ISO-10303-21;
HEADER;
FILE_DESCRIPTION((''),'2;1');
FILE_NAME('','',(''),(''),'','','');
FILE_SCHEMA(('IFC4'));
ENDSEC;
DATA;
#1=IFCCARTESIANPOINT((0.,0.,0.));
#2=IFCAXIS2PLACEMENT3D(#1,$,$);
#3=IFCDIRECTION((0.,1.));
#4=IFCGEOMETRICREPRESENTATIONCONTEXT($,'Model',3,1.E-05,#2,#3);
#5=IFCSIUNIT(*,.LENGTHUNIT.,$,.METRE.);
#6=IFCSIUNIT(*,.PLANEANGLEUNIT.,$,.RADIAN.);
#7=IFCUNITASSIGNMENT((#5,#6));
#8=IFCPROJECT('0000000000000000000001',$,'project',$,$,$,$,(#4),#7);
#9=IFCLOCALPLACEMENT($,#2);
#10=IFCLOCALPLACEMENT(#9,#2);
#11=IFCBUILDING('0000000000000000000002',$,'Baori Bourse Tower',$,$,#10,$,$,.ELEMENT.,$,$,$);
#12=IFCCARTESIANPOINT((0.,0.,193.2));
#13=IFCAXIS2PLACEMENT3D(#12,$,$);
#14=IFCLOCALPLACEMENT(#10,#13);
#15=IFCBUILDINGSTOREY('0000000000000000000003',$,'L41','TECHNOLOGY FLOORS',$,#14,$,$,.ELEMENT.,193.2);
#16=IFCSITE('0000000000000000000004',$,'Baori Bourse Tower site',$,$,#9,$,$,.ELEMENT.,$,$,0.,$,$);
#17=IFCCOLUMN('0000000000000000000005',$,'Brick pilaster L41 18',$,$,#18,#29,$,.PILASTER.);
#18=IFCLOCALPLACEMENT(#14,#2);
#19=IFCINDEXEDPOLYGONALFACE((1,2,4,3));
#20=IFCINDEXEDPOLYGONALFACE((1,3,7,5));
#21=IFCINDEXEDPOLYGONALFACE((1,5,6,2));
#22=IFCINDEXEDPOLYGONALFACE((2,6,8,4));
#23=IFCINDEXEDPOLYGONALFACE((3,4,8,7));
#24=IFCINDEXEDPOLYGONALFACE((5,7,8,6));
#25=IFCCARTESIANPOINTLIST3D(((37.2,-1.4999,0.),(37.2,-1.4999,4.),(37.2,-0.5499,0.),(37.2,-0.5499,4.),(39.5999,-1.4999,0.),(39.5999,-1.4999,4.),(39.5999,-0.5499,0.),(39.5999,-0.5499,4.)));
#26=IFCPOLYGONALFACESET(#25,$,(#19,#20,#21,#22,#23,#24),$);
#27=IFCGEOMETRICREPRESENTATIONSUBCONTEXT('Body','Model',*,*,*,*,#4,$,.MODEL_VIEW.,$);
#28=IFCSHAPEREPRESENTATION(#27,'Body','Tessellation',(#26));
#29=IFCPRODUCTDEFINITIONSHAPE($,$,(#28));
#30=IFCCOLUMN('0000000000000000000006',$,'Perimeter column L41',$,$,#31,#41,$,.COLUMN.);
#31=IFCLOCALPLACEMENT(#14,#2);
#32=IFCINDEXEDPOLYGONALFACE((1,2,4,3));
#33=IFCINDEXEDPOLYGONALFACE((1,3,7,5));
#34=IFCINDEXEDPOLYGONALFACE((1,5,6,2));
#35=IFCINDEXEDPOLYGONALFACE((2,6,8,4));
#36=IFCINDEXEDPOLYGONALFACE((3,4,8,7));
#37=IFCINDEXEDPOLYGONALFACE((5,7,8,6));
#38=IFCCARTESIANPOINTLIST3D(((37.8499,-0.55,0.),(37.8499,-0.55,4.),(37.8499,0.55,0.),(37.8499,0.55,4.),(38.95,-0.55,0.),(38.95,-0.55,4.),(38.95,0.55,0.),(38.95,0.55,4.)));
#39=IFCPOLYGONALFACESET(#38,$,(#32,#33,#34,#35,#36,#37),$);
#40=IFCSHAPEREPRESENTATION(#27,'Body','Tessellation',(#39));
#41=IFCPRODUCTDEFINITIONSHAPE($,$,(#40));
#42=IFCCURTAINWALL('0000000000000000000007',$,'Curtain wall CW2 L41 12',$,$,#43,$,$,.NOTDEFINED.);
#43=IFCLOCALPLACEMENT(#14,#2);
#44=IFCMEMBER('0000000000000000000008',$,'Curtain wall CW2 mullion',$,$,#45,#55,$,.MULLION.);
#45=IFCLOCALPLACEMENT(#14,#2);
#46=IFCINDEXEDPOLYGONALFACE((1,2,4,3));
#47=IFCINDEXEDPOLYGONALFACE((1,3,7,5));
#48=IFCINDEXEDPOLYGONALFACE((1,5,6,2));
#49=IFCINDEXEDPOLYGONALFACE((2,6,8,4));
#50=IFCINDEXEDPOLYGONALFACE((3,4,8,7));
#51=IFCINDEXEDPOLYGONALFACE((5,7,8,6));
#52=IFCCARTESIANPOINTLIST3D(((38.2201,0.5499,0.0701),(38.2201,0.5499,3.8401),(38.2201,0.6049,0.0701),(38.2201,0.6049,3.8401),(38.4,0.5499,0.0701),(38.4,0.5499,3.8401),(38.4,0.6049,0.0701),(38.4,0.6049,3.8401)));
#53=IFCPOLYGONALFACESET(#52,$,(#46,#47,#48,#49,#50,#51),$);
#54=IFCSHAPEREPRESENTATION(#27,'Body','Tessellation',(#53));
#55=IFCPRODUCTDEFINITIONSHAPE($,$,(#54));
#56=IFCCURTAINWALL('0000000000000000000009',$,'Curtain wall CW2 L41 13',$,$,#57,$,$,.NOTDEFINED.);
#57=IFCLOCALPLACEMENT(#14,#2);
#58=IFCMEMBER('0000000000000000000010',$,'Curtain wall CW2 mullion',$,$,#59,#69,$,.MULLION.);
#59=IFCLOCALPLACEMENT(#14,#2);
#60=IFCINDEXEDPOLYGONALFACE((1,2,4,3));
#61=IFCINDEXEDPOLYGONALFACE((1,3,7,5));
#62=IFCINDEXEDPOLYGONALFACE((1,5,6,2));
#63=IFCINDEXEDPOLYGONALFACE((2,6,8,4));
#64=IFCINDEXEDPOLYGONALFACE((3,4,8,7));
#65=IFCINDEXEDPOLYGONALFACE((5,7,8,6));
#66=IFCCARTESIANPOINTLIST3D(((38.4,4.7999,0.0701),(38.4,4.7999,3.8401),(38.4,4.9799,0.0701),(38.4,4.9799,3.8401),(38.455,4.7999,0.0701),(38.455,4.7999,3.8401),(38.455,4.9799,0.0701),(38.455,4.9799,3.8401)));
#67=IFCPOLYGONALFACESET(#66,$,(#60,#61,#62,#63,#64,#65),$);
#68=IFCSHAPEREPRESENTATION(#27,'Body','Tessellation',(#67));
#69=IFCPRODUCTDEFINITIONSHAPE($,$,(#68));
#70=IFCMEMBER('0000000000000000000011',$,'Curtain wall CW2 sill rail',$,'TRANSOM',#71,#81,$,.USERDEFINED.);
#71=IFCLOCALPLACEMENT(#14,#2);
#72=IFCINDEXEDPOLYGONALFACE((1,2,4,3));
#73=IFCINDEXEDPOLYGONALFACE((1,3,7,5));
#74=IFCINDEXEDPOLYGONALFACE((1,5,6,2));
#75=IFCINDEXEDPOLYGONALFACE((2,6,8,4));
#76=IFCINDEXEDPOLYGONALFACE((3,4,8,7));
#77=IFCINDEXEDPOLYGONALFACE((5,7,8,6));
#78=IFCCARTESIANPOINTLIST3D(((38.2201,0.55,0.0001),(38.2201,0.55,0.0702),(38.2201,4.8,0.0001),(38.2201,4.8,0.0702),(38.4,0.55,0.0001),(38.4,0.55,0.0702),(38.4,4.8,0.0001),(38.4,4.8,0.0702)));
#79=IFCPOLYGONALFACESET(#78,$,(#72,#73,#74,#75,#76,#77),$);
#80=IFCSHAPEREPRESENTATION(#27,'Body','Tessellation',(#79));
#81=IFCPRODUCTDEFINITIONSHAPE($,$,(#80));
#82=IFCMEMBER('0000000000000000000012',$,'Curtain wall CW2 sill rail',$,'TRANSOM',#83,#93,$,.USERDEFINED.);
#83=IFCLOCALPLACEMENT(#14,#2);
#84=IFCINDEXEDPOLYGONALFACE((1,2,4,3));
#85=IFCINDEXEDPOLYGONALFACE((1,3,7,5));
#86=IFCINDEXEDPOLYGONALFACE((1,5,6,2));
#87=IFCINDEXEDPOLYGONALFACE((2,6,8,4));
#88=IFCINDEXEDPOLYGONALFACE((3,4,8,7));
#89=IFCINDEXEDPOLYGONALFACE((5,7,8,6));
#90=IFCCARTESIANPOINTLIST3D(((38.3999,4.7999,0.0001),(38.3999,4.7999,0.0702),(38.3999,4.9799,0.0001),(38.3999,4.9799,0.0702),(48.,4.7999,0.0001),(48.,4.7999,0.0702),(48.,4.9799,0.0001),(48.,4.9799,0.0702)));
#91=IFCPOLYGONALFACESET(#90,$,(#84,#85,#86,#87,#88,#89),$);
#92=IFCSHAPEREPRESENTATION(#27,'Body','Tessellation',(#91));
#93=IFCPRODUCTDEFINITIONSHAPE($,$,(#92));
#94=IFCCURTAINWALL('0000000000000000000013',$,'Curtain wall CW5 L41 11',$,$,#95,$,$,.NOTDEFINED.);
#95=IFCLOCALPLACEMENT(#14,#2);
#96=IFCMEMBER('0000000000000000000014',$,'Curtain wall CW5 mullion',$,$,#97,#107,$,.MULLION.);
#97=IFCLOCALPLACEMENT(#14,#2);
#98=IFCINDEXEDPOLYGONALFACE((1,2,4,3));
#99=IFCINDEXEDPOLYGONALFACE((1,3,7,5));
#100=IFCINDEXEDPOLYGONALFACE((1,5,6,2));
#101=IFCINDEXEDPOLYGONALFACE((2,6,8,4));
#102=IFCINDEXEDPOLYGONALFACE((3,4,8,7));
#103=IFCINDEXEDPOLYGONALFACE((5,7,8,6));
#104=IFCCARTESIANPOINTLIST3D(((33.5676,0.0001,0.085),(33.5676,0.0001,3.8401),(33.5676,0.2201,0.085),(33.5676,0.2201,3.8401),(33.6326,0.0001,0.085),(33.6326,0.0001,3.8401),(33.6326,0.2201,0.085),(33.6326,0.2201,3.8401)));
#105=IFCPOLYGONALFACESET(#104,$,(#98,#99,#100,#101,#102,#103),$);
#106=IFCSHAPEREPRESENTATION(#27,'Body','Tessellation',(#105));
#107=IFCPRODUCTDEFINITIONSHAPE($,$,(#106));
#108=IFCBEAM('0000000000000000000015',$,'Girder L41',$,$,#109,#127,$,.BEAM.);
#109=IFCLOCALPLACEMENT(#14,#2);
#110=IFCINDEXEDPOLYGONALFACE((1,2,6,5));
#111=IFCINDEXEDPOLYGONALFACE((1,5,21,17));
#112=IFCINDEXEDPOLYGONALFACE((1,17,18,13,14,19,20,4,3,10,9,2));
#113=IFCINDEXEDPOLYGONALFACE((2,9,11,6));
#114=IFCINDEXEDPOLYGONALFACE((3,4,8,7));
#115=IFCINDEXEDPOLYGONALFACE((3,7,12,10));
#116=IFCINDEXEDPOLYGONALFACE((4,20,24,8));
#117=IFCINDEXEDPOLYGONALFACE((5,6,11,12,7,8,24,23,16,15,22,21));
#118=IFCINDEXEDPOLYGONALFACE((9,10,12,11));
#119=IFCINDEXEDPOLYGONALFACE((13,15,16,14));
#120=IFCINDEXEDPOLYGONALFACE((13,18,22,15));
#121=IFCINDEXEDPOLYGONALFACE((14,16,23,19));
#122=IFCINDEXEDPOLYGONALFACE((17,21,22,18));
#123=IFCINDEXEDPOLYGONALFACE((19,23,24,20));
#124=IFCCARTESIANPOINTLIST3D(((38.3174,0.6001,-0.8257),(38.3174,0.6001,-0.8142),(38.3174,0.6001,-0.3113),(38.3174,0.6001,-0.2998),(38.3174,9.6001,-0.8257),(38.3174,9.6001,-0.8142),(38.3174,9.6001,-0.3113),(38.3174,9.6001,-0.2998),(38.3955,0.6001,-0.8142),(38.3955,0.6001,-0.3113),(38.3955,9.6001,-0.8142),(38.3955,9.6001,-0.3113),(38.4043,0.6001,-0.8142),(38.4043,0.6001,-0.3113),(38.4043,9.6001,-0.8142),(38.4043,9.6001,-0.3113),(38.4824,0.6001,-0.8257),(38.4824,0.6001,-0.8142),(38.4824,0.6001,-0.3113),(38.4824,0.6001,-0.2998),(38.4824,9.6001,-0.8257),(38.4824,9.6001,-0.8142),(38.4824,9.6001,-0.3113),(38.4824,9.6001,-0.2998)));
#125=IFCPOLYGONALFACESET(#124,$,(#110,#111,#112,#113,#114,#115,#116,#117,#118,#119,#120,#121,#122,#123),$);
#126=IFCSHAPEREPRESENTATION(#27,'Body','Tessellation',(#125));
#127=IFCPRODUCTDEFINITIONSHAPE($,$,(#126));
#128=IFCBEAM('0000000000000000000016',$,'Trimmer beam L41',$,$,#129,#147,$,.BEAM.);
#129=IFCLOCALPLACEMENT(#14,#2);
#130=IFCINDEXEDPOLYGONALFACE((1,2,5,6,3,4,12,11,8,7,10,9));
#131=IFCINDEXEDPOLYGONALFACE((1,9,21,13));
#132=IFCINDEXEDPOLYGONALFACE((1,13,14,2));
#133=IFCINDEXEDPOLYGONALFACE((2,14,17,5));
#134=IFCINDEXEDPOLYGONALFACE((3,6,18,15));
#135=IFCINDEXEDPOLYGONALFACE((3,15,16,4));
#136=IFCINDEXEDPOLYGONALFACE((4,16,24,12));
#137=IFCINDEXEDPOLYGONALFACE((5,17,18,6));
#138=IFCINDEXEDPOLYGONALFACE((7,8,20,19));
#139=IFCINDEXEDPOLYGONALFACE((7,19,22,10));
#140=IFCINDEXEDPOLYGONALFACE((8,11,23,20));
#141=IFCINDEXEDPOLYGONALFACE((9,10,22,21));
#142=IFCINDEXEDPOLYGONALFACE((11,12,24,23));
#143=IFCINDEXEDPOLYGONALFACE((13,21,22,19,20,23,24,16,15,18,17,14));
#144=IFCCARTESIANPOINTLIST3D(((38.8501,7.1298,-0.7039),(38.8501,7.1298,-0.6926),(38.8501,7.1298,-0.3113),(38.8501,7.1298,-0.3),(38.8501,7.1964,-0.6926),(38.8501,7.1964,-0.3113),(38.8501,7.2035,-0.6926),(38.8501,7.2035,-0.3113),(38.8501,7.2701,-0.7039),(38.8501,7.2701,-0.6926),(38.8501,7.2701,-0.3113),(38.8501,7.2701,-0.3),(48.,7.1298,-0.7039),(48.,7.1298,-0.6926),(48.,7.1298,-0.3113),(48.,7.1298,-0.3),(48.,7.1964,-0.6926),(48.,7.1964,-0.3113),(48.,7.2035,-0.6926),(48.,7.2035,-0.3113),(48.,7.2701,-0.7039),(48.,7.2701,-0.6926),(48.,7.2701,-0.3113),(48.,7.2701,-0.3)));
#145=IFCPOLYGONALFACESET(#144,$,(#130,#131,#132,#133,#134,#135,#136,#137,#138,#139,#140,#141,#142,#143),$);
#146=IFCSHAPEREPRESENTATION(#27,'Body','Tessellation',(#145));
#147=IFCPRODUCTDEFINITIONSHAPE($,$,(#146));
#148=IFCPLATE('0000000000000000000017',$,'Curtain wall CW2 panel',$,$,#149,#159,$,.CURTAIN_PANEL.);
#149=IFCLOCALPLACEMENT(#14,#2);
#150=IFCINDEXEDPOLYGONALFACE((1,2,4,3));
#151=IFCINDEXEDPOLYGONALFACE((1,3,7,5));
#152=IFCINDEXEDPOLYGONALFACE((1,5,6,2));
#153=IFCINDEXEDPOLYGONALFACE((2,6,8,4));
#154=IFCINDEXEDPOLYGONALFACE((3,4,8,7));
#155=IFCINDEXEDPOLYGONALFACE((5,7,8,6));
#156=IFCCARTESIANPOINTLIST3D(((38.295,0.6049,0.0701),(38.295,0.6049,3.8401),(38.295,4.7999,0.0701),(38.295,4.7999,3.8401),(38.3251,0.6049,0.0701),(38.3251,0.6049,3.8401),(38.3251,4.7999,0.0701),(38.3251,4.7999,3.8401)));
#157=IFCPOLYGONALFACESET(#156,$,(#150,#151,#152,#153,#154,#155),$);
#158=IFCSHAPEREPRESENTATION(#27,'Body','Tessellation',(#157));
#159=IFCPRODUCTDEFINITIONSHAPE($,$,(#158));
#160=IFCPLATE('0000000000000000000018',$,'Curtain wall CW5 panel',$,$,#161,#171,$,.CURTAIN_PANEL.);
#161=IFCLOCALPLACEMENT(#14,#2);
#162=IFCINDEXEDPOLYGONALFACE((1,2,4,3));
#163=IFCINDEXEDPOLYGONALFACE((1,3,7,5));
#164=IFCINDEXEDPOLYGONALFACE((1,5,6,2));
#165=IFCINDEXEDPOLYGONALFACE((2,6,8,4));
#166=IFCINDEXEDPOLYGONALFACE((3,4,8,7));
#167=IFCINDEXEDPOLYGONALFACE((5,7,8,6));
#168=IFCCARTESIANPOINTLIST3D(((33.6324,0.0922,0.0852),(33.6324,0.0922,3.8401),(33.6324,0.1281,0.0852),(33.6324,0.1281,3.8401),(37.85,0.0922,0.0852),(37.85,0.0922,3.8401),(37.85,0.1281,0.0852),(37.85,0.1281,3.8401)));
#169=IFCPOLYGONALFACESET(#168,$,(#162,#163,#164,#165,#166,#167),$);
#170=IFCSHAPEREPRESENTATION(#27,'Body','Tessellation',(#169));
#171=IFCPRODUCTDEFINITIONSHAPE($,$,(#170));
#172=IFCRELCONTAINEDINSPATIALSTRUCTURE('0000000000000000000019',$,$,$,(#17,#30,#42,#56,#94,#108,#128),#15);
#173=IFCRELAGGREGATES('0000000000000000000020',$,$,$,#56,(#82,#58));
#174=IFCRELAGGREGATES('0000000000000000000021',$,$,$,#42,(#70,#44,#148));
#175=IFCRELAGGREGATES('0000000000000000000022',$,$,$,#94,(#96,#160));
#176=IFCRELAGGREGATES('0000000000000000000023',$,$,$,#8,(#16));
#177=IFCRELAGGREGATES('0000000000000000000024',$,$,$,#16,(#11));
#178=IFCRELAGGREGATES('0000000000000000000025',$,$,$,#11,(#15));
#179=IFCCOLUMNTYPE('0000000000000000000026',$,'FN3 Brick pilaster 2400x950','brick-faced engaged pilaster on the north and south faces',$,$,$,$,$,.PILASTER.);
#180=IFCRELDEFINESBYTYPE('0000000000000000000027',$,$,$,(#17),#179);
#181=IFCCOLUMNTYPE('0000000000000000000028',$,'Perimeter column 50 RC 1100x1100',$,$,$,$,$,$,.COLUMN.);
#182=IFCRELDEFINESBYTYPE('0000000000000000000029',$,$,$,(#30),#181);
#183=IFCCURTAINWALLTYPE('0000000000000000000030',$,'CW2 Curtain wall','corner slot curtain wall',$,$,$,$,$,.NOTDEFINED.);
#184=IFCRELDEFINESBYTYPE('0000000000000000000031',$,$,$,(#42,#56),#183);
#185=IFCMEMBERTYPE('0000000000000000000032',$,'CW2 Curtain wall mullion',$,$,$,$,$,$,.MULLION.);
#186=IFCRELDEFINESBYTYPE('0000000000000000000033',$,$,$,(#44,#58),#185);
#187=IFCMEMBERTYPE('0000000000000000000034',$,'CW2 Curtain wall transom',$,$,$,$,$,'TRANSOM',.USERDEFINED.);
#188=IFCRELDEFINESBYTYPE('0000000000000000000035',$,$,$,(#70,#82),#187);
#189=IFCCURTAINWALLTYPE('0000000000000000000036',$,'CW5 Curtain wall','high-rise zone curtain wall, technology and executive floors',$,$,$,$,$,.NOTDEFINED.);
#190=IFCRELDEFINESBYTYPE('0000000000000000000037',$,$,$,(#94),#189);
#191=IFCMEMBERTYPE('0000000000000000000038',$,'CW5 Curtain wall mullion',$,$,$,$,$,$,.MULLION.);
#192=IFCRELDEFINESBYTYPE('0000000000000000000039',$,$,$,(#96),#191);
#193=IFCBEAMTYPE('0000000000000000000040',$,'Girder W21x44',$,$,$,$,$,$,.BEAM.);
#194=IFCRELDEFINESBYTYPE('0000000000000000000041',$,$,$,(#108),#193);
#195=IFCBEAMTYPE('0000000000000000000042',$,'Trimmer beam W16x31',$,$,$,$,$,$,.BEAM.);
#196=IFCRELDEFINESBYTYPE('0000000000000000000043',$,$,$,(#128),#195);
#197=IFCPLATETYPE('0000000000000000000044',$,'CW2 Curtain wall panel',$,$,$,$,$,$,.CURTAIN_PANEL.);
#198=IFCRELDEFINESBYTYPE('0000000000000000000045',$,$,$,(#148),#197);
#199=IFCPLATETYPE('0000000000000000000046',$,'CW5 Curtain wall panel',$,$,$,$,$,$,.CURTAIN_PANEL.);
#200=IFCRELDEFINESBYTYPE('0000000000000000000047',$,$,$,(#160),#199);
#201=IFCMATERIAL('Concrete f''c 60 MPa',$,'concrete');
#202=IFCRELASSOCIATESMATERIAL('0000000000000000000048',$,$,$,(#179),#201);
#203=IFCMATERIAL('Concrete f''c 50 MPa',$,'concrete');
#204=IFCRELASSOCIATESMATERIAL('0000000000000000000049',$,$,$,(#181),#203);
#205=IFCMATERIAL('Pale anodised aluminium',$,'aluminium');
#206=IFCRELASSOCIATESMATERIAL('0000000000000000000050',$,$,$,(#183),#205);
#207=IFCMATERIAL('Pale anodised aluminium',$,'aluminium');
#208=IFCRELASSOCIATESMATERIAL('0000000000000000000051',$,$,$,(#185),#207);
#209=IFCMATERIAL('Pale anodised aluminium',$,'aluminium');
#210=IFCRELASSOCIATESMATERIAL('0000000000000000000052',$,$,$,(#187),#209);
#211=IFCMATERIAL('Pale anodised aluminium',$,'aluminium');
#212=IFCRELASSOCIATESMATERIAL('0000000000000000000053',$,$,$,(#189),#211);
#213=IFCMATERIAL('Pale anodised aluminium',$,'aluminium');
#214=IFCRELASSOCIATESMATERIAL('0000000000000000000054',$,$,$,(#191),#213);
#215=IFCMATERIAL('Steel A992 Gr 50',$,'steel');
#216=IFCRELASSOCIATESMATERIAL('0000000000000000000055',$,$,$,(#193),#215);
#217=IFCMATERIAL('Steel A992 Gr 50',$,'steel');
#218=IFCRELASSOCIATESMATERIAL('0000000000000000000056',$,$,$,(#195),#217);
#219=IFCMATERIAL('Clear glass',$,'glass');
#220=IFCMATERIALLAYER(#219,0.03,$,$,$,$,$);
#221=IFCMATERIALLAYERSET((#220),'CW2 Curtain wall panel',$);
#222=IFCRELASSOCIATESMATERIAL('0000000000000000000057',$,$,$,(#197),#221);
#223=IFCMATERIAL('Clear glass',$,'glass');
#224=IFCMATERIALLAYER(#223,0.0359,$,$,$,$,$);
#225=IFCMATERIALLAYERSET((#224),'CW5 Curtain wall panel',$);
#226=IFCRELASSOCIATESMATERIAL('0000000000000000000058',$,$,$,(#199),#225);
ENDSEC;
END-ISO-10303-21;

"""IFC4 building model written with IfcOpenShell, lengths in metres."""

from ifc_helpers import new_model, si_unit, direction, frame, origin, origin_2d, place, context, subcontext, project, spatial, rectangle, i_section, extrude, material, layer, layer_set, material_profile, profile_set, type_object, element, aggregate, save


model = new_model("IFC4")

# Units and contexts
model_context = context("Model", 3, precision=1e-05, world=origin(), true_north=direction((0.0, 1.0)))
body_context = subcontext(model_context, "Body", "Model", "MODEL_VIEW")
ifc_project = project(units=[si_unit("LENGTHUNIT", "METRE"), si_unit("PLANEANGLEUNIT", "RADIAN")], contexts=[model_context])

# Site, building, storey
site_placement = place(None, origin())
site = spatial("IfcSite", under=ifc_project, at=site_placement, Name="Baori Bourse Tower site", CompositionType="ELEMENT", RefElevation=0.0)
building_placement = place(site_placement, origin())
building = spatial("IfcBuilding", under=site, at=building_placement, Name="Baori Bourse Tower", CompositionType="ELEMENT")
storey_placement = place(building_placement, frame((0.0, 0.0, 193.2)))
storey = spatial("IfcBuildingStorey", under=building, at=storey_placement, Name="L41", Description="TECHNOLOGY FLOORS", CompositionType="ELEMENT", Elevation=193.2)

# Columns
ifc_material_1 = material(Name="Concrete f'c 60 MPa", Category="concrete")
ifc_material_profile_1 = material_profile(ifc_material_1, rectangle(XDim=2.3999, YDim=0.95, at=origin_2d()), Name="RC 2400x950")
ifc_profile_set_1 = profile_set([ifc_material_profile_1], Name="Concrete f'c 60 MPa")
column_type_1 = type_object("IfcColumnType", Name="FN3 Brick pilaster 2400x950", Description="brick-faced engaged pilaster on the north and south faces", PredefinedType="PILASTER", material=ifc_profile_set_1)
column_1_placement = place(storey_placement, frame((38.3999, -1.0249, 0.0), z_axis=(0.0, 0.0, 1.0), x_axis=(1.0, 0.0, 0.0)))
element("IfcColumn", 1, at=column_1_placement, inside=storey, type_object=column_type_1, Name="Brick pilaster L41 18", PredefinedType="PILASTER", context=body_context, shape_type="SweptSolid", body=[
    extrude(rectangle(XDim=2.3999, YDim=0.95, at=origin_2d()), origin(), (0.0, 0.0, 1.0), 4.0),
])
ifc_material_2 = material(Name="Concrete f'c 50 MPa", Category="concrete")
ifc_material_profile_2 = material_profile(ifc_material_2, rectangle(XDim=1.1001, YDim=1.1001, at=origin_2d()), Name="RC 1100x1100")
ifc_profile_set_2 = profile_set([ifc_material_profile_2], Name="Concrete f'c 50 MPa")
column_type_2 = type_object("IfcColumnType", Name="Perimeter column 50 RC 1100x1100", PredefinedType="COLUMN", material=ifc_profile_set_2)
column_2_placement = place(storey_placement, frame((38.3999, 0.0, 0.0), z_axis=(0.0, 0.0, 1.0), x_axis=(1.0, 0.0, 0.0)))
element("IfcColumn", 2, at=column_2_placement, inside=storey, type_object=column_type_2, Name="Perimeter column L41", PredefinedType="COLUMN", context=body_context, shape_type="SweptSolid", body=[
    extrude(rectangle(XDim=1.1001, YDim=1.1001, at=origin_2d()), origin(), (0.0, 0.0, 1.0), 4.0),
])

# Curtain walls, members
ifc_material_3 = material(Name="Pale anodised aluminium", Category="aluminium")
curtain_wall_type_1 = type_object("IfcCurtainWallType", Name="CW2 Curtain wall", Description="corner slot curtain wall", PredefinedType="NOTDEFINED", material=ifc_material_3)
curtain_wall_1_placement = place(storey_placement, origin())
curtain_wall_1 = element("IfcCurtainWall", 3, at=curtain_wall_1_placement, inside=storey, type_object=curtain_wall_type_1, Name="Curtain wall CW2 L41 12", PredefinedType="NOTDEFINED")
ifc_material_4 = material(Name="Pale anodised aluminium", Category="aluminium")
ifc_material_profile_3 = material_profile(ifc_material_4, rectangle(XDim=0.1799, YDim=0.0549, at=origin_2d()), Name="Mullion 55x180")
ifc_profile_set_3 = profile_set([ifc_material_profile_3], Name="Pale anodised aluminium")
member_type_1 = type_object("IfcMemberType", Name="CW2 Curtain wall mullion", PredefinedType="MULLION", material=ifc_profile_set_3)
member_1_placement = place(storey_placement, frame((38.3101, 0.5774, 0.0701), z_axis=(0.0, 0.0, 1.0), x_axis=(-1.0, 0.0, 0.0)))
member_1 = element("IfcMember", 4, at=member_1_placement, type_object=member_type_1, Name="Curtain wall CW2 mullion", PredefinedType="MULLION", context=body_context, shape_type="SweptSolid", body=[
    extrude(rectangle(XDim=0.1799, YDim=0.0549, at=origin_2d()), origin(), (0.0, 0.0, 1.0), 3.77),
])
curtain_wall_2_placement = place(storey_placement, origin())
curtain_wall_2 = element("IfcCurtainWall", 5, at=curtain_wall_2_placement, inside=storey, type_object=curtain_wall_type_1, Name="Curtain wall CW2 L41 13", PredefinedType="NOTDEFINED")
member_2_placement = place(storey_placement, frame((38.4275, 4.8899, 0.0701), z_axis=(0.0, 0.0, 1.0), x_axis=(0.0, 1.0, 0.0)))
member_2 = element("IfcMember", 6, at=member_2_placement, type_object=member_type_1, Name="Curtain wall CW2 mullion", PredefinedType="MULLION", context=body_context, shape_type="SweptSolid", body=[
    extrude(rectangle(XDim=0.1799, YDim=0.0549, at=origin_2d()), origin(), (0.0, 0.0, 1.0), 3.77),
])

# Members
ifc_material_5 = material(Name="Pale anodised aluminium", Category="aluminium")
ifc_material_profile_4 = material_profile(ifc_material_5, rectangle(XDim=0.1799, YDim=0.0701, at=origin_2d()), Name="Transom 70x180")
ifc_profile_set_4 = profile_set([ifc_material_profile_4], Name="Pale anodised aluminium")
member_type_2 = type_object("IfcMemberType", Name="CW2 Curtain wall transom", ElementType="TRANSOM", PredefinedType="USERDEFINED", material=ifc_profile_set_4)
member_3_placement = place(storey_placement, frame((38.3101, 0.55, 0.0352), z_axis=(0.0, 1.0, 0.0), x_axis=(-1.0, 0.0, 0.0)))
member_3 = element("IfcMember", 7, at=member_3_placement, type_object=member_type_2, Name="Curtain wall CW2 sill rail", ObjectType="TRANSOM", PredefinedType="USERDEFINED", context=body_context, shape_type="SweptSolid", body=[
    extrude(rectangle(XDim=0.1799, YDim=0.0701, at=origin_2d()), origin(), (0.0, 0.0, 1.0), 4.25),
])
member_4_placement = place(storey_placement, frame((38.3999, 4.8899, 0.0352), z_axis=(1.0, 0.0, 0.0), x_axis=(0.0, 1.0, 0.0)))
member_4 = element("IfcMember", 8, at=member_4_placement, type_object=member_type_2, Name="Curtain wall CW2 sill rail", ObjectType="TRANSOM", PredefinedType="USERDEFINED", context=body_context, shape_type="SweptSolid", body=[
    extrude(rectangle(XDim=0.1799, YDim=0.0701, at=origin_2d()), origin(), (0.0, 0.0, 1.0), 9.6001),
])
aggregate(curtain_wall_2, [member_4, member_2])

# Curtain wall, member
ifc_material_6 = material(Name="Pale anodised aluminium", Category="aluminium")
curtain_wall_type_2 = type_object("IfcCurtainWallType", Name="CW5 Curtain wall", Description="high-rise zone curtain wall, technology and executive floors", PredefinedType="NOTDEFINED", material=ifc_material_6)
curtain_wall_3_placement = place(storey_placement, origin())
curtain_wall_3 = element("IfcCurtainWall", 9, at=curtain_wall_3_placement, inside=storey, type_object=curtain_wall_type_2, Name="Curtain wall CW5 L41 11", PredefinedType="NOTDEFINED")
ifc_material_7 = material(Name="Pale anodised aluminium", Category="aluminium")
ifc_material_profile_5 = material_profile(ifc_material_7, rectangle(XDim=0.22, YDim=0.0649, at=origin_2d()), Name="Mullion 65x220")
ifc_profile_set_5 = profile_set([ifc_material_profile_5], Name="Pale anodised aluminium")
member_type_3 = type_object("IfcMemberType", Name="CW5 Curtain wall mullion", PredefinedType="MULLION", material=ifc_profile_set_5)
member_5_placement = place(storey_placement, frame((33.6001, 0.1101, 0.085), z_axis=(0.0, 0.0, 1.0), x_axis=(0.0, 1.0, 0.0)))
member_5 = element("IfcMember", 10, at=member_5_placement, type_object=member_type_3, Name="Curtain wall CW5 mullion", PredefinedType="MULLION", context=body_context, shape_type="SweptSolid", body=[
    extrude(rectangle(XDim=0.22, YDim=0.0649, at=origin_2d()), origin(), (0.0, 0.0, 1.0), 3.7551),
])

# Beams
ifc_material_8 = material(Name="Steel A992 Gr 50", Category="steel")
ifc_material_profile_6 = material_profile(ifc_material_8, i_section(OverallWidth=0.165, OverallDepth=0.5259, WebThickness=0.0088, FlangeThickness=0.0115, at=origin_2d()), Name="W21x44")
ifc_profile_set_6 = profile_set([ifc_material_profile_6], Name="Steel A992 Gr 50")
beam_type_1 = type_object("IfcBeamType", Name="Girder W21x44", PredefinedType="BEAM", material=ifc_profile_set_6)
beam_1_placement = place(storey_placement, frame((38.3999, 0.6001, -0.5627), z_axis=(0.0, 1.0, 0.0), x_axis=(-1.0, 0.0, 0.0)))
element("IfcBeam", 11, at=beam_1_placement, inside=storey, type_object=beam_type_1, Name="Girder L41", PredefinedType="BEAM", context=body_context, shape_type="SweptSolid", body=[
    extrude(i_section(OverallWidth=0.165, OverallDepth=0.5259, WebThickness=0.0088, FlangeThickness=0.0115, at=origin_2d()), origin(), (0.0, 0.0, 1.0), 9.0),
])
ifc_material_9 = material(Name="Steel A992 Gr 50", Category="steel")
ifc_material_profile_7 = material_profile(ifc_material_9, i_section(OverallWidth=0.1404, OverallDepth=0.4038, WebThickness=0.0071, FlangeThickness=0.0112, at=origin_2d()), Name="W16x31")
ifc_profile_set_7 = profile_set([ifc_material_profile_7], Name="Steel A992 Gr 50")
beam_type_2 = type_object("IfcBeamType", Name="Trimmer beam W16x31", PredefinedType="BEAM", material=ifc_profile_set_7)
beam_2_placement = place(storey_placement, frame((38.8501, 7.2, -0.502), z_axis=(1.0, 0.0, 0.0), x_axis=(0.0, 1.0, 0.0)))
element("IfcBeam", 12, at=beam_2_placement, inside=storey, type_object=beam_type_2, Name="Trimmer beam L41", PredefinedType="BEAM", context=body_context, shape_type="SweptSolid", body=[
    extrude(i_section(OverallWidth=0.1404, OverallDepth=0.4038, WebThickness=0.0071, FlangeThickness=0.0112, at=origin_2d()), origin(), (0.0, 0.0, 1.0), 9.1499),
])

# Plates
ifc_material_10 = material(Name="Clear glass", Category="glass")
ifc_layer_1 = layer(ifc_material_10, 0.03)
ifc_layer_set_1 = layer_set([ifc_layer_1], Name="CW2 Curtain wall panel")
plate_type_1 = type_object("IfcPlateType", Name="CW2 Curtain wall panel", PredefinedType="CURTAIN_PANEL", material=ifc_layer_set_1)
plate_1_placement = place(storey_placement, frame((38.3101, 2.7024, 0.0701), z_axis=(0.0, 0.0, 1.0), x_axis=(0.0, 1.0, 0.0)))
plate_1 = element("IfcPlate", 13, at=plate_1_placement, type_object=plate_type_1, Name="Curtain wall CW2 panel", PredefinedType="CURTAIN_PANEL", context=body_context, shape_type="SweptSolid", body=[
    extrude(rectangle(XDim=4.1951, YDim=0.03, at=origin_2d()), origin(), (0.0, 0.0, 1.0), 3.77),
])
aggregate(curtain_wall_1, [member_3, member_1, plate_1])
ifc_material_11 = material(Name="Clear glass", Category="glass")
ifc_layer_2 = layer(ifc_material_11, 0.0359)
ifc_layer_set_2 = layer_set([ifc_layer_2], Name="CW5 Curtain wall panel")
plate_type_2 = type_object("IfcPlateType", Name="CW5 Curtain wall panel", PredefinedType="CURTAIN_PANEL", material=ifc_layer_set_2)
plate_2_placement = place(storey_placement, frame((35.7412, 0.1101, 0.0852), z_axis=(0.0, 0.0, 1.0), x_axis=(1.0, 0.0, 0.0)))
plate_2 = element("IfcPlate", 14, at=plate_2_placement, type_object=plate_type_2, Name="Curtain wall CW5 panel", PredefinedType="CURTAIN_PANEL", context=body_context, shape_type="SweptSolid", body=[
    extrude(rectangle(XDim=4.2175, YDim=0.0359, at=origin_2d()), origin(), (0.0, 0.0, 1.0), 3.7549),
])
aggregate(curtain_wall_3, [member_5, plate_2])

save(model, "model.ifc")
